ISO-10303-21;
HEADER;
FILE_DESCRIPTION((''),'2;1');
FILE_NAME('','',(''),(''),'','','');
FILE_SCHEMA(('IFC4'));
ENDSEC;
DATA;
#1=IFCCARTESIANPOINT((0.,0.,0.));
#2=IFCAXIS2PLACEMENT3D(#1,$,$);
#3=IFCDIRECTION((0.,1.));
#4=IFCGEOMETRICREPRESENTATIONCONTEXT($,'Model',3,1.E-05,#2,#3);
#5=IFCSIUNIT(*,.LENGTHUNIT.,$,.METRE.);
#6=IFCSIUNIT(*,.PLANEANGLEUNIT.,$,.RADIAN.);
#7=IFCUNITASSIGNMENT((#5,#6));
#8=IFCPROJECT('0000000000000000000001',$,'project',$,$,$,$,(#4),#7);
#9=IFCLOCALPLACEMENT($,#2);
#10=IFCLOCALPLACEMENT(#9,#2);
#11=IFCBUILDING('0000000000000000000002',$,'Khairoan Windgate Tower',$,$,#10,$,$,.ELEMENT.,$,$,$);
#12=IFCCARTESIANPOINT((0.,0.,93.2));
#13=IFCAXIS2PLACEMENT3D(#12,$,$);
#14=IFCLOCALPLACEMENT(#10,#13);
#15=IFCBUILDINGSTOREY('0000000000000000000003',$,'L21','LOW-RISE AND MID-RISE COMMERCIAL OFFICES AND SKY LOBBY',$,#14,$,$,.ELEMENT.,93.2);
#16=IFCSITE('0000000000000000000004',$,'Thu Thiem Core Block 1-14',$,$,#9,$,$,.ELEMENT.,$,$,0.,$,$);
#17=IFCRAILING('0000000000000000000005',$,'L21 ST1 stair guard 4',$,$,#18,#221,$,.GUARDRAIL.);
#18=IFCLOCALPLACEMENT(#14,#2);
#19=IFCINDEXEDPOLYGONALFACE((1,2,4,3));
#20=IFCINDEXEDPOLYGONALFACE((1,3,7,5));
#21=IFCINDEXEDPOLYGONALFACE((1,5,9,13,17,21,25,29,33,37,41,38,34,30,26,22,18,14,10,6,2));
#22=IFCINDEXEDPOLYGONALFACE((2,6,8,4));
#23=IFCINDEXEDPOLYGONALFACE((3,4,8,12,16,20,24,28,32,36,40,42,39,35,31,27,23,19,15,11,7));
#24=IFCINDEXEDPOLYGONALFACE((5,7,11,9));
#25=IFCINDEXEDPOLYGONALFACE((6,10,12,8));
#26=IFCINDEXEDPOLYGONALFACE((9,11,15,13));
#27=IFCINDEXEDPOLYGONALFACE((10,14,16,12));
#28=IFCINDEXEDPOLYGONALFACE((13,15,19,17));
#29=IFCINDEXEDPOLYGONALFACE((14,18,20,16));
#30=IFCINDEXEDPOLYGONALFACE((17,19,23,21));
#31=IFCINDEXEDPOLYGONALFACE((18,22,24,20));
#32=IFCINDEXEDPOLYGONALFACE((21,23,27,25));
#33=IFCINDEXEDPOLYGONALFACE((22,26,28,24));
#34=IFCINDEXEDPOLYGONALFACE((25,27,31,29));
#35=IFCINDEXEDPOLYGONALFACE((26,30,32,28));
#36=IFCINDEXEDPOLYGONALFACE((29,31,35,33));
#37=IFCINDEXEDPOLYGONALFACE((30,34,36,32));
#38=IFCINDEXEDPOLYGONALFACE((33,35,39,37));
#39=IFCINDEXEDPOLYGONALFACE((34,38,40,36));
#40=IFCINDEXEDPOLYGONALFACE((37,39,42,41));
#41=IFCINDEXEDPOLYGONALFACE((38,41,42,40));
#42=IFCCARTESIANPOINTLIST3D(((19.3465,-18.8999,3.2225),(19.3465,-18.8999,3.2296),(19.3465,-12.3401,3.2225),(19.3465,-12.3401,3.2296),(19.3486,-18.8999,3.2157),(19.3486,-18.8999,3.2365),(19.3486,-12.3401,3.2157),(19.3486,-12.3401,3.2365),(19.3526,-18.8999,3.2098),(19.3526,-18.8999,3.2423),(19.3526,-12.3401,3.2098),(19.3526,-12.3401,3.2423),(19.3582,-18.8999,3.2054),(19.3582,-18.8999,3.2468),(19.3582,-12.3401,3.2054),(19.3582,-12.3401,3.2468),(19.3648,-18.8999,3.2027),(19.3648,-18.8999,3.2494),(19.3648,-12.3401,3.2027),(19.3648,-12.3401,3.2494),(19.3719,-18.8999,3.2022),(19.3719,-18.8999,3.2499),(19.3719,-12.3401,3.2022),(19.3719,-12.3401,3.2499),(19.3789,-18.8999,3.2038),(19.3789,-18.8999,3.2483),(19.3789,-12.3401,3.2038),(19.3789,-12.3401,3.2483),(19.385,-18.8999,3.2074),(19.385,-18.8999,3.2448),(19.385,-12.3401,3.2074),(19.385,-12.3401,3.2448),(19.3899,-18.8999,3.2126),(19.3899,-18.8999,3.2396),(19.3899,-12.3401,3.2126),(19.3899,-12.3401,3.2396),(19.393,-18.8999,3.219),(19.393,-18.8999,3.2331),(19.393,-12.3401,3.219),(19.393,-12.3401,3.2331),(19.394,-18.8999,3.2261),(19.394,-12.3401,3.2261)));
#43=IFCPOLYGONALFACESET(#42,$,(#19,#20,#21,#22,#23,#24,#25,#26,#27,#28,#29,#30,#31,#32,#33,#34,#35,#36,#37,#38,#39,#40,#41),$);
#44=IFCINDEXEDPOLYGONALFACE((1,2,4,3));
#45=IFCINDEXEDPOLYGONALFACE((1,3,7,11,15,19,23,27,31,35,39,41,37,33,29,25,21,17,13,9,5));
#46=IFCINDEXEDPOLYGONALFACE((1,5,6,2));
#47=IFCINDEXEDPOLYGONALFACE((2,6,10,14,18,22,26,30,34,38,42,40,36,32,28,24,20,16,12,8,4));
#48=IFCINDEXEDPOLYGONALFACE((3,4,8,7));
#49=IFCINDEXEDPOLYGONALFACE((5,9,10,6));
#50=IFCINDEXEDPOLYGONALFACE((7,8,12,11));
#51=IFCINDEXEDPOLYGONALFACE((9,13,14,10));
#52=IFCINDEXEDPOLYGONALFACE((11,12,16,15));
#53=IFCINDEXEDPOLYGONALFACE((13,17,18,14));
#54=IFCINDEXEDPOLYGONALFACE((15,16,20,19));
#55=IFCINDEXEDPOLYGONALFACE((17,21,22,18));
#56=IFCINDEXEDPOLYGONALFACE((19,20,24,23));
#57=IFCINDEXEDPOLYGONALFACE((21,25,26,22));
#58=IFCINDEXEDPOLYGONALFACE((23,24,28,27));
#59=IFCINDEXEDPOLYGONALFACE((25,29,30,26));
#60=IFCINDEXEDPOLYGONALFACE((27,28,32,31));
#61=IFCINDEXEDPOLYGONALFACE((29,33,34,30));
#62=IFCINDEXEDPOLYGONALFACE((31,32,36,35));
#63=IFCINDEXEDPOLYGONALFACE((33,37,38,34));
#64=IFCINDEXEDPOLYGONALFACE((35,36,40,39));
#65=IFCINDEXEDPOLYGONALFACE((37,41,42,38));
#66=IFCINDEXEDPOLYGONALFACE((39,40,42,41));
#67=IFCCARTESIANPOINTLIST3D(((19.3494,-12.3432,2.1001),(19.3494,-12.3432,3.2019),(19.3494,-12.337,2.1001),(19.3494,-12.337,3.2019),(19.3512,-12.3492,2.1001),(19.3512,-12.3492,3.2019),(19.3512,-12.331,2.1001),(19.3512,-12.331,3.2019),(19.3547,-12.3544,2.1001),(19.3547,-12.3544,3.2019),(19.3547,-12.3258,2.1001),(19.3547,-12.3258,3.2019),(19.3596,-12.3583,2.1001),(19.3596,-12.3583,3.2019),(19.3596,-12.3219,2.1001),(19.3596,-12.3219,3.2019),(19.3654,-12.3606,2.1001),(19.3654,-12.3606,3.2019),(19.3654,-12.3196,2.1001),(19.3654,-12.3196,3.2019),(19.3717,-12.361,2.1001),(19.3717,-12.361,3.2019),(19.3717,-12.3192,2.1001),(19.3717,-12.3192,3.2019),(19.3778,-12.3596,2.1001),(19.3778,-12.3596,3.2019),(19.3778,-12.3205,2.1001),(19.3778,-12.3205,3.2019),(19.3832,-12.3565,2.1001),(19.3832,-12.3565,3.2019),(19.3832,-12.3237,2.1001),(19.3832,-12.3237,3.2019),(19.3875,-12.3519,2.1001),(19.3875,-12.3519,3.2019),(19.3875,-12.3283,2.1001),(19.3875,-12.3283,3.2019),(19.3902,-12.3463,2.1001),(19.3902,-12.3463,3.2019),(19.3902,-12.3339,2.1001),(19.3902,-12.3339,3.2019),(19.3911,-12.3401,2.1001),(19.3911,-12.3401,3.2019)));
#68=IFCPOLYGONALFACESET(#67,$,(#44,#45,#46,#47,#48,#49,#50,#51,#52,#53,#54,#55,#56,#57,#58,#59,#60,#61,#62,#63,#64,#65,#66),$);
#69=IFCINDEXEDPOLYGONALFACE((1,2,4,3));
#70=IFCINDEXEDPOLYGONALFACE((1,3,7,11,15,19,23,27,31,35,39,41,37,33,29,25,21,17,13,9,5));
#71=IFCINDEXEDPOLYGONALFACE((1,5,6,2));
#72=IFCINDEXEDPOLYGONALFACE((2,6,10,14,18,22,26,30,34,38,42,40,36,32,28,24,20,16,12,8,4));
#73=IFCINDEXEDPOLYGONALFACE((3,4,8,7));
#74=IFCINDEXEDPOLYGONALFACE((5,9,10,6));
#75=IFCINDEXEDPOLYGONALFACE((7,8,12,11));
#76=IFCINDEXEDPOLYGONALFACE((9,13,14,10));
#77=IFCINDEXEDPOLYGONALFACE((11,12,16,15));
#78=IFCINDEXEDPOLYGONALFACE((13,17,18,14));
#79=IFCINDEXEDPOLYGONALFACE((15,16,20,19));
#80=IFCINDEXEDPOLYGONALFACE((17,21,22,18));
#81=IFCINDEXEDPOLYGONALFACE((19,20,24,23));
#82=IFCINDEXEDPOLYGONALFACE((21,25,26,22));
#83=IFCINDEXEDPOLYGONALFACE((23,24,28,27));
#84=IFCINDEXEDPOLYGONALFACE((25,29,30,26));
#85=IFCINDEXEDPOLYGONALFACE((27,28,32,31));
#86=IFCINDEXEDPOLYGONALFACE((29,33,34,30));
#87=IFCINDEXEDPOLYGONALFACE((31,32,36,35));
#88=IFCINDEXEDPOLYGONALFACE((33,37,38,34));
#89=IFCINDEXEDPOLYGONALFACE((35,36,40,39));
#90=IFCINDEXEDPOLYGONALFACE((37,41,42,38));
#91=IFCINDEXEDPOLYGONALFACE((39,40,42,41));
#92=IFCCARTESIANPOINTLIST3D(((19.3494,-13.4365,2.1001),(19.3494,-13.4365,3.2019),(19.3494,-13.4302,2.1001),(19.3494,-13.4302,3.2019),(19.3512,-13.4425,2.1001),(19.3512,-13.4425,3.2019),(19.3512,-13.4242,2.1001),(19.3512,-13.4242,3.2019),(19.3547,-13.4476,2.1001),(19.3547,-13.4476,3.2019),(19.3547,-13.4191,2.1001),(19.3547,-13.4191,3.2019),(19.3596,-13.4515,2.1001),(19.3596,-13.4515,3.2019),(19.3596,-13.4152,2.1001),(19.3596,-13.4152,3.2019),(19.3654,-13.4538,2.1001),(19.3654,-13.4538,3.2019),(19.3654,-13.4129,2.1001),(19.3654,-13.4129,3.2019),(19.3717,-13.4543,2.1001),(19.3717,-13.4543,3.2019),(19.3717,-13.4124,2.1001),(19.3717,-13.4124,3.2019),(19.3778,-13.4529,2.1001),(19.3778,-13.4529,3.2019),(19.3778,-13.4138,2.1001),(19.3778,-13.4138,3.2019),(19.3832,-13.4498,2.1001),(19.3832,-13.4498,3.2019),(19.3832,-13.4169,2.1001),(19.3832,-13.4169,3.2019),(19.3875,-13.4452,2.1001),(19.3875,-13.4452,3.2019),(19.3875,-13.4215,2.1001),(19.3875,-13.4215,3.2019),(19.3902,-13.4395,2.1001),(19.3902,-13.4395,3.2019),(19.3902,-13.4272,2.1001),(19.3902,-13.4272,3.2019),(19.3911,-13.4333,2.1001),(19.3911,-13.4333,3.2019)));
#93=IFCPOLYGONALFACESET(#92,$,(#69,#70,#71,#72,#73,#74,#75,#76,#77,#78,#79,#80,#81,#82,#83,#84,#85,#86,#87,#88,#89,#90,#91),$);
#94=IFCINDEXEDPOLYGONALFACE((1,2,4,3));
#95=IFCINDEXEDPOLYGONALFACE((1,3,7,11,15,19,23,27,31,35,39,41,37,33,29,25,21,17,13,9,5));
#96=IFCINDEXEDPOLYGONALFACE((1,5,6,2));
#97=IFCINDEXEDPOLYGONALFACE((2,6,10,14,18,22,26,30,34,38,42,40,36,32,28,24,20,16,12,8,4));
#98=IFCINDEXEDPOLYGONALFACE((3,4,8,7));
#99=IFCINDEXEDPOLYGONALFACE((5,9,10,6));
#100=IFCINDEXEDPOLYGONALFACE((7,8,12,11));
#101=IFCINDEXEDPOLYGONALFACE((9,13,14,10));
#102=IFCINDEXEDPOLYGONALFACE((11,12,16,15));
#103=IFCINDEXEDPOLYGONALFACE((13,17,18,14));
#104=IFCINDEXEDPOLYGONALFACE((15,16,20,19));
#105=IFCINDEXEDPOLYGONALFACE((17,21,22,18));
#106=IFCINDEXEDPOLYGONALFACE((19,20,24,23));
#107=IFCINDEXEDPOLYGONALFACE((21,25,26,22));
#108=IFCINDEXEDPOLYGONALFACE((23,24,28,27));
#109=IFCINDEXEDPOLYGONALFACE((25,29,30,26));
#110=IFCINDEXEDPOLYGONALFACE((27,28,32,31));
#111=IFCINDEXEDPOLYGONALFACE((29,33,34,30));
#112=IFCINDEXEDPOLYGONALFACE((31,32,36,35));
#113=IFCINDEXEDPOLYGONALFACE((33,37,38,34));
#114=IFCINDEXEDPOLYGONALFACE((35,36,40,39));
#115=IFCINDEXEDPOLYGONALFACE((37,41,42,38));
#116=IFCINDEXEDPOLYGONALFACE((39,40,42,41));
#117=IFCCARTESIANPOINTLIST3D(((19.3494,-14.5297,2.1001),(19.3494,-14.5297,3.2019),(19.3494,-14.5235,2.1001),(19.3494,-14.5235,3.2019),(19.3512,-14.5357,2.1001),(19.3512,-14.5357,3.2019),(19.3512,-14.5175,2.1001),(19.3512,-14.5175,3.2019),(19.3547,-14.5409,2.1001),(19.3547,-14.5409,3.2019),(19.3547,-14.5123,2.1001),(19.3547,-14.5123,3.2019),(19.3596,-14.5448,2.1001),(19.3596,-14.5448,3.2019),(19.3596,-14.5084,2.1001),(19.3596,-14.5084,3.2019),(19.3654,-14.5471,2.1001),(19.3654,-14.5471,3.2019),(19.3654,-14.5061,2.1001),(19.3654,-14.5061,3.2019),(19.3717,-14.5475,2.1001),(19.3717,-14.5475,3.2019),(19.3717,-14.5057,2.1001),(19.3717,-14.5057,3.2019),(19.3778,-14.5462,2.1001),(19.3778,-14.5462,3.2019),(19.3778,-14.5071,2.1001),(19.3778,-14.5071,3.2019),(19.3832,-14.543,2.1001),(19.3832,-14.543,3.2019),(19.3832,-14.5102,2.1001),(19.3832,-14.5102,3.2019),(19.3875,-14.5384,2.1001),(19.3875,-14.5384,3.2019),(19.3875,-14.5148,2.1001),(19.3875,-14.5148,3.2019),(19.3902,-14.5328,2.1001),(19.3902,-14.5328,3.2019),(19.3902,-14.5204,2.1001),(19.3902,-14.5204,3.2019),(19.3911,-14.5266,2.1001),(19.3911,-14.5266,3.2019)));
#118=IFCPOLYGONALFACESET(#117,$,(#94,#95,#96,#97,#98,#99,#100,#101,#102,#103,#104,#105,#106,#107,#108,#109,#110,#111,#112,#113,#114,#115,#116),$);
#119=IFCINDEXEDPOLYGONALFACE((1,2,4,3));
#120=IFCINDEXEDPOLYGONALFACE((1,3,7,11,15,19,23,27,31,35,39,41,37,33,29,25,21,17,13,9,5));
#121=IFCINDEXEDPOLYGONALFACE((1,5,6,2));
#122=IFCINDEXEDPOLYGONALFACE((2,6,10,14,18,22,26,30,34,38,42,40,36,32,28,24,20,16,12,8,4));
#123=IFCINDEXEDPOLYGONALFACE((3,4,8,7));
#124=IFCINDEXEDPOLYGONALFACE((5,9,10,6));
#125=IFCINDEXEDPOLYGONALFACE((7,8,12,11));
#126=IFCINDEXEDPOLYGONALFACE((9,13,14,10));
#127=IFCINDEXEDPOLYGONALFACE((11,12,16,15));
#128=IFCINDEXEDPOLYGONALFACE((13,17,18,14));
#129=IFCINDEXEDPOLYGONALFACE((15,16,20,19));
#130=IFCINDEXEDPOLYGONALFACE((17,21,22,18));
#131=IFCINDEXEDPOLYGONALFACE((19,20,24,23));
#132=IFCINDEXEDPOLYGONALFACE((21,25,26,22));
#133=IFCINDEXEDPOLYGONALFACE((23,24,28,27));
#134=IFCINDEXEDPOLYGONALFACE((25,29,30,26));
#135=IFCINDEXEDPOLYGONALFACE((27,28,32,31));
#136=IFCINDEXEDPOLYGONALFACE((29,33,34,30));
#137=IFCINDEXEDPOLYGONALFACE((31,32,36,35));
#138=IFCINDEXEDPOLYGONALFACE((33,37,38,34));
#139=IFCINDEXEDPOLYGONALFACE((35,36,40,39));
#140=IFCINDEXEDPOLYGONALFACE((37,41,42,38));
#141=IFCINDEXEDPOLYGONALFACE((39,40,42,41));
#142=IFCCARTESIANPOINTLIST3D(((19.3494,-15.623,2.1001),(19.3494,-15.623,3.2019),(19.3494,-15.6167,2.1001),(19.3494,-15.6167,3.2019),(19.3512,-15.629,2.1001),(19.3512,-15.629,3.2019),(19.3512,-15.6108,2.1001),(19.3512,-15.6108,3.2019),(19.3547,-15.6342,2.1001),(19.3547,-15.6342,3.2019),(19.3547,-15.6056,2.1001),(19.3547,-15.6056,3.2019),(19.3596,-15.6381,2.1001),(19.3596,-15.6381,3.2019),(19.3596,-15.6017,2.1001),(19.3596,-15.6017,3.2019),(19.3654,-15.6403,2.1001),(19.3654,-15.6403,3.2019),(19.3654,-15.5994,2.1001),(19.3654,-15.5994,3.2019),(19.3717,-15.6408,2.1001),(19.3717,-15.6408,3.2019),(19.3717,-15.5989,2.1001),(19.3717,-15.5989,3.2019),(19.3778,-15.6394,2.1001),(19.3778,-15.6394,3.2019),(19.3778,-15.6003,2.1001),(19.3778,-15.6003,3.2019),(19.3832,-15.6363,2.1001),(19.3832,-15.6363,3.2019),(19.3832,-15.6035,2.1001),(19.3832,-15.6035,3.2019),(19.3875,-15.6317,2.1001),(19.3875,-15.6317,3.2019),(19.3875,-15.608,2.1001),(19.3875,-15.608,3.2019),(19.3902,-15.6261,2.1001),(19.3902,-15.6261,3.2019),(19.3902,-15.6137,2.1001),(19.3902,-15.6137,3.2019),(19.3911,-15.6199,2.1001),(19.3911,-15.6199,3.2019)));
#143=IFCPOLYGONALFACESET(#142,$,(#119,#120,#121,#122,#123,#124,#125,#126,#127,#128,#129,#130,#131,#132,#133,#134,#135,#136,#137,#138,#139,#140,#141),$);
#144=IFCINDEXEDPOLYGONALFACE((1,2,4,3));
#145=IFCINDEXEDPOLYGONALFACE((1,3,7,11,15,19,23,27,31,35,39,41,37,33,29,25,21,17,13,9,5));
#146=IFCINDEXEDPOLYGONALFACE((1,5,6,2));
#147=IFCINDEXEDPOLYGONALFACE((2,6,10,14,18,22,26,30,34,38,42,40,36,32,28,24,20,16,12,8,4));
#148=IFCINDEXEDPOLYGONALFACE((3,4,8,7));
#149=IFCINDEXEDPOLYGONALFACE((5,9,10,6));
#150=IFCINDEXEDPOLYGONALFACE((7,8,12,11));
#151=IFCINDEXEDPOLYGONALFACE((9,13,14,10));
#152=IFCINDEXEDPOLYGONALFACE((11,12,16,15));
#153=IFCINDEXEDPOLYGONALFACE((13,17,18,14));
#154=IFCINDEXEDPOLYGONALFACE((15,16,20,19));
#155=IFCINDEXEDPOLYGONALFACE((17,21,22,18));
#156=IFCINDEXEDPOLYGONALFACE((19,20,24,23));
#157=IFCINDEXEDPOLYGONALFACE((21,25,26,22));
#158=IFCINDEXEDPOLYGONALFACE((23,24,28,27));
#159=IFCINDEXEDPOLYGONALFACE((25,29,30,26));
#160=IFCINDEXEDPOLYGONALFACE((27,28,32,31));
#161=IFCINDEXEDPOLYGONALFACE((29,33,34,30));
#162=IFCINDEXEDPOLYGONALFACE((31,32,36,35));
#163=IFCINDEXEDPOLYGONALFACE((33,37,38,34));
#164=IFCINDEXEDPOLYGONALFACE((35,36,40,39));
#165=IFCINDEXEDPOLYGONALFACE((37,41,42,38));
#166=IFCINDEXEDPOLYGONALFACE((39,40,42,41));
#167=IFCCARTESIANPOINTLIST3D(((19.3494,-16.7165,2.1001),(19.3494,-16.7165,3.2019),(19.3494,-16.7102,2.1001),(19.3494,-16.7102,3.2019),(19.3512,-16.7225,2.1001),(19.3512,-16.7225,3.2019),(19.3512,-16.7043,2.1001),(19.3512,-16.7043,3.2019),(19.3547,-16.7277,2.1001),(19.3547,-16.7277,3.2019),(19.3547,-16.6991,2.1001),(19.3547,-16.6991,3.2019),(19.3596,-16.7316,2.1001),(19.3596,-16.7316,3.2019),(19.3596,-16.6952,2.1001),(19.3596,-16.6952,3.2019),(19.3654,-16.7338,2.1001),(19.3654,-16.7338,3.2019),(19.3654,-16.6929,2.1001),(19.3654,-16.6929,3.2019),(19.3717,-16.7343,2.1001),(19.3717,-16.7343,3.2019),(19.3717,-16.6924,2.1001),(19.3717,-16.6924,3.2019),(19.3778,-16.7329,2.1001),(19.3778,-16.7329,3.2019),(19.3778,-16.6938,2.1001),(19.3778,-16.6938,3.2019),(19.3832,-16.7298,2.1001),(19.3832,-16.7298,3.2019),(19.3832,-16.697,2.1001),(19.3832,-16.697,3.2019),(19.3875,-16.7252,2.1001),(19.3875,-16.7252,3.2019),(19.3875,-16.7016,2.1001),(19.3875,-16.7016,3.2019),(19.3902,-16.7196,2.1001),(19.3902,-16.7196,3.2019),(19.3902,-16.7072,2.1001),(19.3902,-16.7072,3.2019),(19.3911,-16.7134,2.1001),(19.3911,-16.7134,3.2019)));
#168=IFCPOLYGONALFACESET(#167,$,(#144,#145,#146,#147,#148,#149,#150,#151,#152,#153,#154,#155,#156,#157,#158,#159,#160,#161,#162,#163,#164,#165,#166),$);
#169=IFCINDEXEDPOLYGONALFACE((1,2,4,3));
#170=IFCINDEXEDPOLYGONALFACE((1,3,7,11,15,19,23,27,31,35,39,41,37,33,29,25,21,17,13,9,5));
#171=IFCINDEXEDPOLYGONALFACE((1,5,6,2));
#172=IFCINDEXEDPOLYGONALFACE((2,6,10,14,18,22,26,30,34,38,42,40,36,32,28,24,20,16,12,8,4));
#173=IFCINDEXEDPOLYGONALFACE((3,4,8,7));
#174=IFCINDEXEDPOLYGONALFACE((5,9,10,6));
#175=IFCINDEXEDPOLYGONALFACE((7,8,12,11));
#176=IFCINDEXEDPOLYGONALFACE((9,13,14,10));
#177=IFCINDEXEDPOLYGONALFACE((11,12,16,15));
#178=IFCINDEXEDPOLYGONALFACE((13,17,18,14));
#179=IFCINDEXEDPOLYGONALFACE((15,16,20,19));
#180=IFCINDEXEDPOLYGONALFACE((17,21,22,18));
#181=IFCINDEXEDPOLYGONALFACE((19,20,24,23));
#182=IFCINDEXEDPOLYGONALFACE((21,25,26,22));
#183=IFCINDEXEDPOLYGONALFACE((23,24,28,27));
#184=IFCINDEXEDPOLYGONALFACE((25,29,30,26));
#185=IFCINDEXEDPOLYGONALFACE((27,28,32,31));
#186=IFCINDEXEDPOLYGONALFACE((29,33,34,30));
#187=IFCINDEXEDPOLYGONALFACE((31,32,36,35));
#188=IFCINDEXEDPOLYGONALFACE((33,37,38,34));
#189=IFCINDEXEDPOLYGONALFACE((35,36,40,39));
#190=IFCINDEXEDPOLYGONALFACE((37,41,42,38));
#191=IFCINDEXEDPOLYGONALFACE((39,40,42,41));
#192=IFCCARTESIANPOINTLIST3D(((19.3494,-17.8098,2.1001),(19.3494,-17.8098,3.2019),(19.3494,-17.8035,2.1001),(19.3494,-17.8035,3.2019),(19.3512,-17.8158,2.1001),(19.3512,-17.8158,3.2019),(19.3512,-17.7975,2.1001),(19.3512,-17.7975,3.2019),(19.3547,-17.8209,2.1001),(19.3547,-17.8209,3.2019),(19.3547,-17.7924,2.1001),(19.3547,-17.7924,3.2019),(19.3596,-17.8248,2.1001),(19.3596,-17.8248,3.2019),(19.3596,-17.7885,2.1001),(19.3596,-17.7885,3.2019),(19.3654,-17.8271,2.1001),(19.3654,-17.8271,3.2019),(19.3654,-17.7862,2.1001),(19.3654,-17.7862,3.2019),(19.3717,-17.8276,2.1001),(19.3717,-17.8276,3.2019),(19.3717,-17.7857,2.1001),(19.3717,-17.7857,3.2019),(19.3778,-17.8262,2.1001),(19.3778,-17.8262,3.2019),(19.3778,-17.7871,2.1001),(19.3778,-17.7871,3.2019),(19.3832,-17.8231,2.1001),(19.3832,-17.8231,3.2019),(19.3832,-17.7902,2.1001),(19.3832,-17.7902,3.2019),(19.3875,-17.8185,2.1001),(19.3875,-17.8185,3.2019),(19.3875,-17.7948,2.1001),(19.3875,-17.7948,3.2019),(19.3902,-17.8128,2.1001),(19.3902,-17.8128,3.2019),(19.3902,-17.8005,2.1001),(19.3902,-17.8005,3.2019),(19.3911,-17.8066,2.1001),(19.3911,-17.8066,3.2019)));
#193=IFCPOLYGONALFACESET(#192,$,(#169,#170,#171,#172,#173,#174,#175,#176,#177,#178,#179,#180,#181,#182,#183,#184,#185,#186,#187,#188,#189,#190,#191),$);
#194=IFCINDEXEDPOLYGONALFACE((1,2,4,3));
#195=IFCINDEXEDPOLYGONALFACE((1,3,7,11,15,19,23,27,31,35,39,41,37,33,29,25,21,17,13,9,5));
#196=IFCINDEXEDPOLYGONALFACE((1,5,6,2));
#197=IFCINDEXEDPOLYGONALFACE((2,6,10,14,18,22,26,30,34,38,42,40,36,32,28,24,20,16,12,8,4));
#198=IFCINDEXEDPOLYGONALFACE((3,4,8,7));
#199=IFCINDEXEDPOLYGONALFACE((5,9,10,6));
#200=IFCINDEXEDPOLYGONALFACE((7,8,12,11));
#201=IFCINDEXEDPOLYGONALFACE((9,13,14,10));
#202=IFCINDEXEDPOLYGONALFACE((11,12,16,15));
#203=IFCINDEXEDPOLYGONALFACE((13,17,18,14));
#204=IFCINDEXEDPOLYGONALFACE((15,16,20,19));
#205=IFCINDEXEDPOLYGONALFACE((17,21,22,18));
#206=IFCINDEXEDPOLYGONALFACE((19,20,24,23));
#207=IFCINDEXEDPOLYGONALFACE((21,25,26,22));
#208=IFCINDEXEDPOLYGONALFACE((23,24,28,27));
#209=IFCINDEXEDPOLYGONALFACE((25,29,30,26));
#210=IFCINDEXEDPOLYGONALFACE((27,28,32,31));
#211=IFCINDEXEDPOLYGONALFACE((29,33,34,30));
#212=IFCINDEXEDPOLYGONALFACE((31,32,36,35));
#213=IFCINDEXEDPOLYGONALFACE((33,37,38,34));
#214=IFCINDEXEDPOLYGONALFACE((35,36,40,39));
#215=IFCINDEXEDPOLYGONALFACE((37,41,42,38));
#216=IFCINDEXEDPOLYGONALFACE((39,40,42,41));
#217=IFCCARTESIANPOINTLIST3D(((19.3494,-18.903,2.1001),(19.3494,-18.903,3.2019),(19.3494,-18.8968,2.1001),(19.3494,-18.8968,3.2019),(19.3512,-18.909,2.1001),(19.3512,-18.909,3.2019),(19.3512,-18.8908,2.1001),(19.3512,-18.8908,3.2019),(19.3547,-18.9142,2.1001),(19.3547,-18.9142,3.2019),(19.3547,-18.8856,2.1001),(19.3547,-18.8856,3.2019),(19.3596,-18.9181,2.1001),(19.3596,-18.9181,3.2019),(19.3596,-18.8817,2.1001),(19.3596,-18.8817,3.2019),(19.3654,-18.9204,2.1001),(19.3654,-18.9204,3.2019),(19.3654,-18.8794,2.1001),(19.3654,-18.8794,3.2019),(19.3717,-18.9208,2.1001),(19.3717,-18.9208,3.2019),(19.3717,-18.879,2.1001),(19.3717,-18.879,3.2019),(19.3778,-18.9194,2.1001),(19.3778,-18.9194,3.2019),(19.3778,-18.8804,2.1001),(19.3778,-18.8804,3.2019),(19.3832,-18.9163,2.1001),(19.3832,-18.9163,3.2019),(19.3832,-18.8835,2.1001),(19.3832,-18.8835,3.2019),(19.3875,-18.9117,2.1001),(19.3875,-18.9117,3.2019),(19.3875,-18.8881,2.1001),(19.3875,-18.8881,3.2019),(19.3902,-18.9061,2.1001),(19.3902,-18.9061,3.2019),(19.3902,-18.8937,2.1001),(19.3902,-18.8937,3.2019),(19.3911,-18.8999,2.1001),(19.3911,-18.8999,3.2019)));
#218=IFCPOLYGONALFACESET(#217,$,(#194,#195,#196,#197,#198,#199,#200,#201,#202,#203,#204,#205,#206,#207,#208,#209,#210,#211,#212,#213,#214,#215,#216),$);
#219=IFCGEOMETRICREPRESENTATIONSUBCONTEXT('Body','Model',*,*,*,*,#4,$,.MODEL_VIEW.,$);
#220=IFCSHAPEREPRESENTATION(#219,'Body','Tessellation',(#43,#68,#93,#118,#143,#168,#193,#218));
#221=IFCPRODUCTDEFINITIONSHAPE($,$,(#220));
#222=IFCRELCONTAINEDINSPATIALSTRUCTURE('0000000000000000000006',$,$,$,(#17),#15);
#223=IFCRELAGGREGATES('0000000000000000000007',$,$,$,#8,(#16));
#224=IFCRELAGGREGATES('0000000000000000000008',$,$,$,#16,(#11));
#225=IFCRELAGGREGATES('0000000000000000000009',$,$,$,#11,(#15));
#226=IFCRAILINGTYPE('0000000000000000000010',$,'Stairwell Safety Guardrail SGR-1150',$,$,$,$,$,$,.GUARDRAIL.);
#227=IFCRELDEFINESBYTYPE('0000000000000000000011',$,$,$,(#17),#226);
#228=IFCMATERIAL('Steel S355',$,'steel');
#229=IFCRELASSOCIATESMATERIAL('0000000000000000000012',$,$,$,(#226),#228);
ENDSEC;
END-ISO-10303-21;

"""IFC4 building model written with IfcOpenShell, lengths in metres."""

from ifc_helpers import new_model, si_unit, direction, frame, origin, origin_2d, place, context, subcontext, project, spatial, circle, extrude, material, type_object, element, save


model = new_model("IFC4")

# Units and contexts
model_context = context("Model", 3, precision=1e-05, world=origin(), true_north=direction((0.0, 1.0)))
body_context = subcontext(model_context, "Body", "Model", "MODEL_VIEW")
ifc_project = project(units=[si_unit("LENGTHUNIT", "METRE"), si_unit("PLANEANGLEUNIT", "RADIAN")], contexts=[model_context])

# Site, building, storey
site_placement = place(None, origin())
site = spatial("IfcSite", under=ifc_project, at=site_placement, Name="Thu Thiem Core Block 1-14", CompositionType="ELEMENT", RefElevation=0.0)
building_placement = place(site_placement, origin())
building = spatial("IfcBuilding", under=site, at=building_placement, Name="Khairoan Windgate Tower", CompositionType="ELEMENT")
storey_placement = place(building_placement, frame((0.0, 0.0, 93.2)))
storey = spatial("IfcBuildingStorey", under=building, at=storey_placement, Name="L21", Description="LOW-RISE AND MID-RISE COMMERCIAL OFFICES AND SKY LOBBY", CompositionType="ELEMENT", Elevation=93.2)

# Railing
ifc_material_1 = material(Name="Steel S355", Category="steel")
railing_type_1 = type_object("IfcRailingType", Name="Stairwell Safety Guardrail SGR-1150", PredefinedType="GUARDRAIL", material=ifc_material_1)
railing_1_placement = place(storey_placement, frame((19.3701, -12.3401, 2.1001)))
element("IfcRailing", 1, at=railing_1_placement, inside=storey, type_object=railing_type_1, Name="L21 ST1 stair guard 4", PredefinedType="GUARDRAIL", context=body_context, shape_type="SweptSolid", body=[
    extrude(circle(Radius=0.0239, at=origin_2d()), frame((0.0, 0.0, 1.126), z_axis=(0.0, -1.0, 0.0), x_axis=(1.0, 0.0, 0.0)), (0.0, 0.0, 1.0), 6.5598),
    extrude(circle(Radius=0.021, at=origin_2d()), origin(), (0.0, 0.0, 1.0), 1.1018),
    extrude(circle(Radius=0.021, at=origin_2d()), frame((0.0, -1.0933, 0.0)), (0.0, 0.0, 1.0), 1.1018),
    extrude(circle(Radius=0.021, at=origin_2d()), frame((0.0, -2.1865, 0.0)), (0.0, 0.0, 1.0), 1.1018),
    extrude(circle(Radius=0.021, at=origin_2d()), frame((0.0, -3.2798, 0.0)), (0.0, 0.0, 1.0), 1.1018),
    extrude(circle(Radius=0.021, at=origin_2d()), frame((0.0, -4.3733, 0.0)), (0.0, 0.0, 1.0), 1.1018),
    extrude(circle(Radius=0.021, at=origin_2d()), frame((0.0, -5.4666, 0.0)), (0.0, 0.0, 1.0), 1.1018),
    extrude(circle(Radius=0.021, at=origin_2d()), frame((0.0, -6.5598, 0.0)), (0.0, 0.0, 1.0), 1.1018),
])

save(model, "model.ifc")
